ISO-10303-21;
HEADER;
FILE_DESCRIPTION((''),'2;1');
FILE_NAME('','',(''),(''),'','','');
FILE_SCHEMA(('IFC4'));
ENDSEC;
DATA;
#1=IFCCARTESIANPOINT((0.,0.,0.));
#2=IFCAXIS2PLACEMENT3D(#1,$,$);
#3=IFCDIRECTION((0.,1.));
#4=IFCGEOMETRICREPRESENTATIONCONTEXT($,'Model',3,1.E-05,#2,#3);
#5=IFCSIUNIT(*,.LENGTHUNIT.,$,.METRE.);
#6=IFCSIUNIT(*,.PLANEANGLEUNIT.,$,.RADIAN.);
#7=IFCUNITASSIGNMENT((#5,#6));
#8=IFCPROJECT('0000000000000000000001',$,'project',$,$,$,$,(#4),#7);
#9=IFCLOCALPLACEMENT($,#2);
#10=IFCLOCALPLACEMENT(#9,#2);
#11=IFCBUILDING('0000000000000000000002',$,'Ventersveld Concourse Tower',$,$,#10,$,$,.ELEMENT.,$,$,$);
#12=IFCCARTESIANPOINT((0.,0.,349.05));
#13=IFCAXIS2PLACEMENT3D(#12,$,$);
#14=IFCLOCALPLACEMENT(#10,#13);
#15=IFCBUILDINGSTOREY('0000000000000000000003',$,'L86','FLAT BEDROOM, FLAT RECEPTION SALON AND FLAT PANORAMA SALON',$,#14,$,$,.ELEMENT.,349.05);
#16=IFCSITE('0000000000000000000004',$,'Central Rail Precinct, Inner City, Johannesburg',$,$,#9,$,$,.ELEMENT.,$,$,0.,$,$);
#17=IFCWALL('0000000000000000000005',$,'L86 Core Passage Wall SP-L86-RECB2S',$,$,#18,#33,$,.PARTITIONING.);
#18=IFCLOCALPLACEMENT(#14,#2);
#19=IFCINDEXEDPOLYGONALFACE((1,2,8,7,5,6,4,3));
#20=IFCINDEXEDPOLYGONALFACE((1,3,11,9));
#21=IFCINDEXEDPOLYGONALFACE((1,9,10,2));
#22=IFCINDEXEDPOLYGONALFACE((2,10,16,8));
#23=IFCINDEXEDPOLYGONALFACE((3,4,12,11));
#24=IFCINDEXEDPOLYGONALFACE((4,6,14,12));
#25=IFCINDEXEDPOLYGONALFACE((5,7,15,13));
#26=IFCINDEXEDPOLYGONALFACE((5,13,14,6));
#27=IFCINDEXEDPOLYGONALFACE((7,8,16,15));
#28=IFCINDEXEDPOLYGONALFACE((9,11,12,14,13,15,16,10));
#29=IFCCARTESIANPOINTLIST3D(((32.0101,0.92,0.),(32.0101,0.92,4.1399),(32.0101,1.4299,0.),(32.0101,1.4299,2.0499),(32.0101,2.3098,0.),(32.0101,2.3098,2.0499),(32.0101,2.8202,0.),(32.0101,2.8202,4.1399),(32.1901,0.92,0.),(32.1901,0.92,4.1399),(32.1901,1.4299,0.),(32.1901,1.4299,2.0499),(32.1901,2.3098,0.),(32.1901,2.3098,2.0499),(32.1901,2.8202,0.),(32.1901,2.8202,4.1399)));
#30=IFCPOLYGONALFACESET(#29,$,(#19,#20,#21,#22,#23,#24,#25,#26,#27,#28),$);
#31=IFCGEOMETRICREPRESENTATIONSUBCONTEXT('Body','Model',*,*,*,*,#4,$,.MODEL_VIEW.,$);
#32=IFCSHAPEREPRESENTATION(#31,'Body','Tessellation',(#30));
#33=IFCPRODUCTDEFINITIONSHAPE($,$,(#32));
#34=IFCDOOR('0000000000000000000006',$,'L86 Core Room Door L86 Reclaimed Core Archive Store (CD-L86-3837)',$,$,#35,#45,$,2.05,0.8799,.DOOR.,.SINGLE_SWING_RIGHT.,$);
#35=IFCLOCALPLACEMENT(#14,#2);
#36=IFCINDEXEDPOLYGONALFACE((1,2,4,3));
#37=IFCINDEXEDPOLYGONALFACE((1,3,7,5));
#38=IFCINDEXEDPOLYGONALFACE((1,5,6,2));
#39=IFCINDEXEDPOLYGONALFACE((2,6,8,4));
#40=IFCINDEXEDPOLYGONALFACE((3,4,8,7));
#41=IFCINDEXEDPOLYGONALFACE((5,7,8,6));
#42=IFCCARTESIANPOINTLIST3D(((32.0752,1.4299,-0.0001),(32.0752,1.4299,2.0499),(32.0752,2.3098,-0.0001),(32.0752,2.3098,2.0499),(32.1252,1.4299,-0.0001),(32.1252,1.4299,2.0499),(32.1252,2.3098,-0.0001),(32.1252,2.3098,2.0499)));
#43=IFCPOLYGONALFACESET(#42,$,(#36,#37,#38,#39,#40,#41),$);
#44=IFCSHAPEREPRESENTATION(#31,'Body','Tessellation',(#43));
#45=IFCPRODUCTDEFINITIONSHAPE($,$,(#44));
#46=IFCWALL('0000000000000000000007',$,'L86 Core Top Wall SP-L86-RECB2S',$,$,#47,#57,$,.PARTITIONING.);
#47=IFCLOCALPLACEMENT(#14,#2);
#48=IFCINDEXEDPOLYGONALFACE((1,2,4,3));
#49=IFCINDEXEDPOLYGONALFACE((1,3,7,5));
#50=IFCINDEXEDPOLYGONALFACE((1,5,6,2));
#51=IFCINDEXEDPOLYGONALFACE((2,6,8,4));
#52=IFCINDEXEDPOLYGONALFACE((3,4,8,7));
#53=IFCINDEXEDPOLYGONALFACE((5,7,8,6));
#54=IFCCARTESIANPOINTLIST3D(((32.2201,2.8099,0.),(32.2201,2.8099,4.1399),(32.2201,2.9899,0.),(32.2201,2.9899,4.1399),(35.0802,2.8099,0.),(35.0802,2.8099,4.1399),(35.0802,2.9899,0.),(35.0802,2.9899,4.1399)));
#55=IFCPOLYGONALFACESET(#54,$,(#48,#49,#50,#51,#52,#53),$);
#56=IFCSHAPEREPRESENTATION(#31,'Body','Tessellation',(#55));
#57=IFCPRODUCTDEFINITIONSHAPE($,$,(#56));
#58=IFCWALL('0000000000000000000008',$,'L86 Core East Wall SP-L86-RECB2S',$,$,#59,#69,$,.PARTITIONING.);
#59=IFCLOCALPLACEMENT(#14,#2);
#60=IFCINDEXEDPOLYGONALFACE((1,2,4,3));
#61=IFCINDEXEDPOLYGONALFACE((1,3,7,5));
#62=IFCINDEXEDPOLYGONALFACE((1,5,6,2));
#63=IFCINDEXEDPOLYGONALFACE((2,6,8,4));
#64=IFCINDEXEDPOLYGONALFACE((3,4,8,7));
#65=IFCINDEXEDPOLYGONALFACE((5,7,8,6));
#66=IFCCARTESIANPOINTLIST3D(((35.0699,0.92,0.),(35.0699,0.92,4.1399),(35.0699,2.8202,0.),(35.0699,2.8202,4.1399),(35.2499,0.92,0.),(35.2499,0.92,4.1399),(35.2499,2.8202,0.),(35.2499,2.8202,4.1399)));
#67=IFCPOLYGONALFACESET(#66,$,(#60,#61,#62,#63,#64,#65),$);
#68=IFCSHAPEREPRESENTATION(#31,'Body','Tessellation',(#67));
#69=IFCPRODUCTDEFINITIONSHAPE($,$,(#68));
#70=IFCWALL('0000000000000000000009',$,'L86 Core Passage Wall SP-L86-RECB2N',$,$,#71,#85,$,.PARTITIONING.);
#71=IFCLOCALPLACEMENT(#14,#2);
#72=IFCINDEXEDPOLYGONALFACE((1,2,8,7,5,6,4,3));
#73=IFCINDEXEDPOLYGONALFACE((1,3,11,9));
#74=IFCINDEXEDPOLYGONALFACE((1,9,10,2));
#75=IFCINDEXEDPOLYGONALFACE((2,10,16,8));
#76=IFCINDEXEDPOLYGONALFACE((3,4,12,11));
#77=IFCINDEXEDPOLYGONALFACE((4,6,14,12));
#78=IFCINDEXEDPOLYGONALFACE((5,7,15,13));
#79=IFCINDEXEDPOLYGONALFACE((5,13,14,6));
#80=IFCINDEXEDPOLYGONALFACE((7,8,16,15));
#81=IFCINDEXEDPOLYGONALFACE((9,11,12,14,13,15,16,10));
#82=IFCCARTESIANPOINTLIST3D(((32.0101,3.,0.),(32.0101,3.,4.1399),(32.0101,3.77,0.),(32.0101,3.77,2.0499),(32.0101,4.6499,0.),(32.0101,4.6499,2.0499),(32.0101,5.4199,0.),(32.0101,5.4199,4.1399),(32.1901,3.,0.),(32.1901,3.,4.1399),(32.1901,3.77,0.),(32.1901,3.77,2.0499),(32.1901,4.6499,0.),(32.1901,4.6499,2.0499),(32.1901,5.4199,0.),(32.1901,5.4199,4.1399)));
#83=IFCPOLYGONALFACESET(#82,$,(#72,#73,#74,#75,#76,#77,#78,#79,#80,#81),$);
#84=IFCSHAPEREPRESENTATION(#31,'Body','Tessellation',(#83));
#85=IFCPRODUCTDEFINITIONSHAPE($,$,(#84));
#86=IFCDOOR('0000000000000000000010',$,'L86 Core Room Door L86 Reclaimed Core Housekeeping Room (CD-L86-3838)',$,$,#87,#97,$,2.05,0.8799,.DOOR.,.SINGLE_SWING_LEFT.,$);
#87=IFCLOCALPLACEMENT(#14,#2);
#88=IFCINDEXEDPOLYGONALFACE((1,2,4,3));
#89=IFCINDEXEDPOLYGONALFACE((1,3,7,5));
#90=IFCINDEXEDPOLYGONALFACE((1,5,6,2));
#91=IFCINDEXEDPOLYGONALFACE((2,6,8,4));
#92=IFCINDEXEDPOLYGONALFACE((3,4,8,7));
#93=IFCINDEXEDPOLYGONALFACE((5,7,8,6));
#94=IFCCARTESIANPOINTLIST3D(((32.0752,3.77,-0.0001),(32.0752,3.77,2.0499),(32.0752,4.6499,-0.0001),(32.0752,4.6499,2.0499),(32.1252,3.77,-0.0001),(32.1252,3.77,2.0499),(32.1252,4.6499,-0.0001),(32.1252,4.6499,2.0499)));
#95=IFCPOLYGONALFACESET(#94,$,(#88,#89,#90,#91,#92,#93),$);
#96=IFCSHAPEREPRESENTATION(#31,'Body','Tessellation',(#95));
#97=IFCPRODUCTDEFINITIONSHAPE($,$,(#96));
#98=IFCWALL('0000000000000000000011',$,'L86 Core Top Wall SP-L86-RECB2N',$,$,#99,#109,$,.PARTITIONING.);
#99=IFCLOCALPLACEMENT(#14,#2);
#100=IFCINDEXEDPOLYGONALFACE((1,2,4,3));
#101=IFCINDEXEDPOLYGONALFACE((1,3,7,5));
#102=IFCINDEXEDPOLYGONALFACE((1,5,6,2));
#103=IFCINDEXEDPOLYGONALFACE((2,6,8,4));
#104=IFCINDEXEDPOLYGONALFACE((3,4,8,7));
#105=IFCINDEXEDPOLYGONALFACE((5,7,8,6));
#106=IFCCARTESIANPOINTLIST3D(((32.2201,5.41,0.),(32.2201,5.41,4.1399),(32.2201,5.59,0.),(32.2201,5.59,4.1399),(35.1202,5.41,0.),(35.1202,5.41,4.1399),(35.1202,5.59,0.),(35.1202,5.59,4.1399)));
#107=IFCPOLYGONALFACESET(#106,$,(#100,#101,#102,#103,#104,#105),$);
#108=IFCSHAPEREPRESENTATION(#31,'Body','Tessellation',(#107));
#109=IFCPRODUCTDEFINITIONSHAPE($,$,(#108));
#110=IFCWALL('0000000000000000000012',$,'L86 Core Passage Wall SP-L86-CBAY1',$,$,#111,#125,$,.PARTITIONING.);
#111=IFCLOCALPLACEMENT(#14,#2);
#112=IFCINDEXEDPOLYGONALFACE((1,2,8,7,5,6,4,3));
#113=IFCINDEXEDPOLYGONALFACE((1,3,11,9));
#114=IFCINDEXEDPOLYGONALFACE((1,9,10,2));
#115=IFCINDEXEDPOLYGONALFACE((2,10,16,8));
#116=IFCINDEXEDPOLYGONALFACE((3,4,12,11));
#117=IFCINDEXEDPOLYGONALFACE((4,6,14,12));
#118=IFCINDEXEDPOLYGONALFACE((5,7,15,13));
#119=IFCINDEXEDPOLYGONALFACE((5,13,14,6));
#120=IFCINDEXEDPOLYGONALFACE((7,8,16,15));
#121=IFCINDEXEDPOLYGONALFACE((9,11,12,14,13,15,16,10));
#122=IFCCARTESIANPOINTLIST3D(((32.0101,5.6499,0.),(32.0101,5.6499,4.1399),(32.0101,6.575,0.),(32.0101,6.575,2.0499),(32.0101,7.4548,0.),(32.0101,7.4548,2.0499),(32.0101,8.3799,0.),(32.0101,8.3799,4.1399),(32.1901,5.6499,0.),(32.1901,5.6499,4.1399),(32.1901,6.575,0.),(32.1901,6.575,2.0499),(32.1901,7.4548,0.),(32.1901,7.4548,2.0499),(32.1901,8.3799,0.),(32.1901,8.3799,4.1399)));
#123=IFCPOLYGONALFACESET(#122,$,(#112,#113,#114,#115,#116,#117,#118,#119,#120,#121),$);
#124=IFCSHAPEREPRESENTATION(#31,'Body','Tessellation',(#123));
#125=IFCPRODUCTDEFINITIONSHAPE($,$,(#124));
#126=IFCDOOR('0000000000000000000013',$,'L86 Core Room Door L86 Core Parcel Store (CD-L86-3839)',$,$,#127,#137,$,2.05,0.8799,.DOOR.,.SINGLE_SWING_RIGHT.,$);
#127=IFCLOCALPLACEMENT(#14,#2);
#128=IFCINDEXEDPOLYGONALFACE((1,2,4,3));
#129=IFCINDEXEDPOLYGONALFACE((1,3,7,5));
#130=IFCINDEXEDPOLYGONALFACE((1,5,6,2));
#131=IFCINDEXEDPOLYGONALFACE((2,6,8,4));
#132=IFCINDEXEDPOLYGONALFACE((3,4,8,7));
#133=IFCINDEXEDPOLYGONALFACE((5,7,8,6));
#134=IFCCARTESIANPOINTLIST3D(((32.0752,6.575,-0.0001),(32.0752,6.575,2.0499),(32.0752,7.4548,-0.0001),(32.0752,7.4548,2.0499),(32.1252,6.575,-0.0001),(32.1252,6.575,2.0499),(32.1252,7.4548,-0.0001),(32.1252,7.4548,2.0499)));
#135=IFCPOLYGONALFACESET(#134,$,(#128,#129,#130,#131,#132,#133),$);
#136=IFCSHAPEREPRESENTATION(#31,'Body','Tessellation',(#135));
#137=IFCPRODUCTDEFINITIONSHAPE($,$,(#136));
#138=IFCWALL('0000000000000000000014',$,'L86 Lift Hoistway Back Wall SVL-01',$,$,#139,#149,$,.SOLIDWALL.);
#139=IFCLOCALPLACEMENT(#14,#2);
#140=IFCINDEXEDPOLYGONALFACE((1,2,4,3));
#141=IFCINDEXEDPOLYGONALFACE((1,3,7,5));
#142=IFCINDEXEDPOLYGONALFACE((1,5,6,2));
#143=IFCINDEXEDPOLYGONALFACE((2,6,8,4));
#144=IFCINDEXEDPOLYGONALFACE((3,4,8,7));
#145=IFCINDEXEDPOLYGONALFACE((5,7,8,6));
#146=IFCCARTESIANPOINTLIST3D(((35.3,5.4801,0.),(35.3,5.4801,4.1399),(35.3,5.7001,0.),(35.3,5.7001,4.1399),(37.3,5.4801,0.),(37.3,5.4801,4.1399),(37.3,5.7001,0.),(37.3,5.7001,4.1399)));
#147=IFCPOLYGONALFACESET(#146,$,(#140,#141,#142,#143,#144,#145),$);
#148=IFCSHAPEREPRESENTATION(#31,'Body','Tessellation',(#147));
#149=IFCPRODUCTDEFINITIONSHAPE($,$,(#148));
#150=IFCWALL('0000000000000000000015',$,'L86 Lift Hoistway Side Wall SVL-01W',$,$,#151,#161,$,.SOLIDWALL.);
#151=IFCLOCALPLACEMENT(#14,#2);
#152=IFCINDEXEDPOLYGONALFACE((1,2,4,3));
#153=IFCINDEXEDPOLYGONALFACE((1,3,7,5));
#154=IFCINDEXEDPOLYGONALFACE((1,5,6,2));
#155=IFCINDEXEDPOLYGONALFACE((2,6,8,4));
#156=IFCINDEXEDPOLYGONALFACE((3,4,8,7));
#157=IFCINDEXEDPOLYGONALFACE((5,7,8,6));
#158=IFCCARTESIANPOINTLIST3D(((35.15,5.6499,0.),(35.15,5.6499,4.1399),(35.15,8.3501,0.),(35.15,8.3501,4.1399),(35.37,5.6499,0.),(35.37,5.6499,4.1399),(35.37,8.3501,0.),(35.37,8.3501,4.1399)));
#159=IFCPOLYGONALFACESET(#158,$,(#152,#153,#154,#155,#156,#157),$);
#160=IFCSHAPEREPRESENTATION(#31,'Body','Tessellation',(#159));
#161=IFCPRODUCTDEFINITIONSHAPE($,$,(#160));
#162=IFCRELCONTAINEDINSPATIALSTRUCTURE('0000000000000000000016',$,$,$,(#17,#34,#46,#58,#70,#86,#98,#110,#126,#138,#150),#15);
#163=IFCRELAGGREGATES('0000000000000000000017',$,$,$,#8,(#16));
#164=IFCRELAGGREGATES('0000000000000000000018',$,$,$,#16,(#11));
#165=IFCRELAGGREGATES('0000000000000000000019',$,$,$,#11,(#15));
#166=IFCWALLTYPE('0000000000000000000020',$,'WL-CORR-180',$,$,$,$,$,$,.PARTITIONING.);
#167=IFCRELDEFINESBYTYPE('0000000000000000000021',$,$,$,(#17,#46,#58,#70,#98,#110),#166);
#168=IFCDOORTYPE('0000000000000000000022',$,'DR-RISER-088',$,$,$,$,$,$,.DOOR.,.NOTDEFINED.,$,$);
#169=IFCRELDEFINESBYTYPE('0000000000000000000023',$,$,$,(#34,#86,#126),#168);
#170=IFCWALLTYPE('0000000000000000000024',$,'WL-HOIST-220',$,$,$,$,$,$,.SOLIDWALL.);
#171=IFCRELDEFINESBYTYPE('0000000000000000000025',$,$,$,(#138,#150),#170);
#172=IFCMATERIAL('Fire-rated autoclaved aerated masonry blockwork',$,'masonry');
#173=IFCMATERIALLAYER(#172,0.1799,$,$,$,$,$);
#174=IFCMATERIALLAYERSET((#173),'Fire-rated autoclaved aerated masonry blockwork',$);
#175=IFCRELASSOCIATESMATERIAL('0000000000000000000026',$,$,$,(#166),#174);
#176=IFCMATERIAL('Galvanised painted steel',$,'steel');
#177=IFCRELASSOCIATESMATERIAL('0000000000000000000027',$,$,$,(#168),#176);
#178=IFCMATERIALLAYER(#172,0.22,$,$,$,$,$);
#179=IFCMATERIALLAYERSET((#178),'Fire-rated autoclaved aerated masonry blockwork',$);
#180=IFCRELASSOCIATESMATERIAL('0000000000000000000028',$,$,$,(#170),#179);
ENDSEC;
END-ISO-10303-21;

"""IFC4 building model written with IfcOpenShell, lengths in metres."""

from ifc_helpers import new_model, si_unit, direction, frame, frame_2d, origin, place, context, subcontext, project, spatial, rectangle, extrude, material, layer, layer_set, type_object, element, fill, save


model = new_model("IFC4")

# Units and contexts
model_context = context("Model", 3, precision=1e-05, world=origin(), true_north=direction((0.0, 1.0)))
body_context = subcontext(model_context, "Body", "Model", "MODEL_VIEW")
ifc_project = project(units=[si_unit("LENGTHUNIT", "METRE"), si_unit("PLANEANGLEUNIT", "RADIAN")], contexts=[model_context])

# Site, building, storey
site_placement = place(None, origin())
site = spatial("IfcSite", under=ifc_project, at=site_placement, Name="Central Rail Precinct, Inner City, Johannesburg", CompositionType="ELEMENT", RefElevation=0.0)
building_placement = place(site_placement, origin())
building = spatial("IfcBuilding", under=site, at=building_placement, Name="Ventersveld Concourse Tower", CompositionType="ELEMENT")
storey_placement = place(building_placement, frame((0.0, 0.0, 349.05)))
storey = spatial("IfcBuildingStorey", under=building, at=storey_placement, Name="L86", Description="FLAT BEDROOM, FLAT RECEPTION SALON AND FLAT PANORAMA SALON", CompositionType="ELEMENT", Elevation=349.05)

# Wall, opening, door
ifc_material_1 = material(Name="Fire-rated autoclaved aerated masonry blockwork", Category="masonry")
ifc_layer_1 = layer(ifc_material_1, 0.1799)
ifc_layer_set_1 = layer_set([ifc_layer_1], Name="Fire-rated autoclaved aerated masonry blockwork")
wall_type_1 = type_object("IfcWallType", Name="WL-CORR-180", PredefinedType="PARTITIONING", material=ifc_layer_set_1)
wall_1_placement = place(storey_placement, frame((32.1001, 0.9199, 0.0), z_axis=(0.0, 0.0, 1.0), x_axis=(0.0, 1.0, 0.0)))
wall_1 = element("IfcWall", 1, at=wall_1_placement, inside=storey, type_object=wall_type_1, Name="L86 Core Passage Wall SP-L86-RECB2S", PredefinedType="PARTITIONING", context=body_context, shape_type="SweptSolid", body=[
    extrude(rectangle(XDim=1.9001, YDim=0.1799, at=frame_2d((0.9502, 0.0))), origin(), (0.0, 0.0, 1.0), 4.1399),
])
opening_1_placement = place(wall_1_placement, frame((0.51, 0.0, 0.0)))
opening_1 = element("IfcOpeningElement", 2, at=opening_1_placement, cuts=wall_1, PredefinedType="OPENING", context=body_context, shape_type="SweptSolid", body=[
    extrude(rectangle(XDim=0.8799, YDim=2.05, at=frame_2d((0.4399, 1.0249))), frame((0.0, 0.1001, 0.0), z_axis=(0.0, -1.0, 0.0), x_axis=(1.0, 0.0, 0.0)), (0.0, 0.0, 1.0), 0.2),
])
ifc_material_2 = material(Name="Galvanised painted steel", Category="steel")
door_type_1 = type_object("IfcDoorType", Name="DR-RISER-088", OperationType="NOTDEFINED", PredefinedType="DOOR", material=ifc_material_2)
door_1_placement = place(opening_1_placement, origin())
door_1 = element("IfcDoor", 3, at=door_1_placement, inside=storey, type_object=door_type_1, Name="L86 Core Room Door L86 Reclaimed Core Archive Store (CD-L86-3837)", OperationType="SINGLE_SWING_RIGHT", OverallHeight=2.05, OverallWidth=0.8799, PredefinedType="DOOR", context=body_context, shape_type="SweptSolid", body=[
    extrude(rectangle(XDim=0.8799, YDim=2.05, at=frame_2d((0.4399, 1.0249))), frame((0.0, 0.0249, 0.0), z_axis=(0.0, -1.0, 0.0), x_axis=(1.0, 0.0, 0.0)), (0.0, 0.0, 1.0), 0.05),
])
fill(opening_1, door_1)

# Walls
wall_2_placement = place(storey_placement, frame((32.22, 2.8999, 0.0), z_axis=(0.0, 0.0, 1.0), x_axis=(1.0, 0.0, 0.0)))
element("IfcWall", 4, at=wall_2_placement, inside=storey, type_object=wall_type_1, Name="L86 Core Top Wall SP-L86-RECB2S", PredefinedType="PARTITIONING", context=body_context, shape_type="SweptSolid", body=[
    extrude(rectangle(XDim=2.8601, YDim=0.1799, at=frame_2d((1.4302, 0.0))), origin(), (0.0, 0.0, 1.0), 4.1399),
])
wall_3_placement = place(storey_placement, frame((35.1599, 0.9199, 0.0), z_axis=(0.0, 0.0, 1.0), x_axis=(0.0, 1.0, 0.0)))
element("IfcWall", 5, at=wall_3_placement, inside=storey, type_object=wall_type_1, Name="L86 Core East Wall SP-L86-RECB2S", PredefinedType="PARTITIONING", context=body_context, shape_type="SweptSolid", body=[
    extrude(rectangle(XDim=1.9001, YDim=0.1799, at=frame_2d((0.9502, 0.0))), origin(), (0.0, 0.0, 1.0), 4.1399),
])

# Wall, opening, door
wall_4_placement = place(storey_placement, frame((32.1001, 3.0, 0.0), z_axis=(0.0, 0.0, 1.0), x_axis=(0.0, 1.0, 0.0)))
wall_4 = element("IfcWall", 6, at=wall_4_placement, inside=storey, type_object=wall_type_1, Name="L86 Core Passage Wall SP-L86-RECB2N", PredefinedType="PARTITIONING", context=body_context, shape_type="SweptSolid", body=[
    extrude(rectangle(XDim=2.4199, YDim=0.1799, at=frame_2d((1.21, 0.0))), origin(), (0.0, 0.0, 1.0), 4.1399),
])
opening_2_placement = place(wall_4_placement, frame((0.77, 0.0, 0.0)))
opening_2 = element("IfcOpeningElement", 7, at=opening_2_placement, cuts=wall_4, PredefinedType="OPENING", context=body_context, shape_type="SweptSolid", body=[
    extrude(rectangle(XDim=0.8799, YDim=2.05, at=frame_2d((0.4399, 1.0249))), frame((0.0, 0.1001, 0.0), z_axis=(0.0, -1.0, 0.0), x_axis=(1.0, 0.0, 0.0)), (0.0, 0.0, 1.0), 0.2),
])
door_2_placement = place(opening_2_placement, origin())
door_2 = element("IfcDoor", 8, at=door_2_placement, inside=storey, type_object=door_type_1, Name="L86 Core Room Door L86 Reclaimed Core Housekeeping Room (CD-L86-3838)", OperationType="SINGLE_SWING_LEFT", OverallHeight=2.05, OverallWidth=0.8799, PredefinedType="DOOR", context=body_context, shape_type="SweptSolid", body=[
    extrude(rectangle(XDim=0.8799, YDim=2.05, at=frame_2d((0.4399, 1.0249))), frame((0.0, 0.0249, 0.0), z_axis=(0.0, -1.0, 0.0), x_axis=(1.0, 0.0, 0.0)), (0.0, 0.0, 1.0), 0.05),
])
fill(opening_2, door_2)

# Wall
wall_5_placement = place(storey_placement, frame((32.22, 5.5, 0.0), z_axis=(0.0, 0.0, 1.0), x_axis=(1.0, 0.0, 0.0)))
element("IfcWall", 9, at=wall_5_placement, inside=storey, type_object=wall_type_1, Name="L86 Core Top Wall SP-L86-RECB2N", PredefinedType="PARTITIONING", context=body_context, shape_type="SweptSolid", body=[
    extrude(rectangle(XDim=2.9001, YDim=0.1799, at=frame_2d((1.4502, 0.0))), origin(), (0.0, 0.0, 1.0), 4.1399),
])

# Wall, opening, door
wall_6_placement = place(storey_placement, frame((32.1001, 5.6499, 0.0), z_axis=(0.0, 0.0, 1.0), x_axis=(0.0, 1.0, 0.0)))
wall_6 = element("IfcWall", 10, at=wall_6_placement, inside=storey, type_object=wall_type_1, Name="L86 Core Passage Wall SP-L86-CBAY1", PredefinedType="PARTITIONING", context=body_context, shape_type="SweptSolid", body=[
    extrude(rectangle(XDim=2.73, YDim=0.1799, at=frame_2d((1.365, 0.0))), origin(), (0.0, 0.0, 1.0), 4.1399),
])
opening_3_placement = place(wall_6_placement, frame((0.925, 0.0, 0.0)))
opening_3 = element("IfcOpeningElement", 11, at=opening_3_placement, cuts=wall_6, PredefinedType="OPENING", context=body_context, shape_type="SweptSolid", body=[
    extrude(rectangle(XDim=0.8799, YDim=2.05, at=frame_2d((0.4399, 1.0249))), frame((0.0, 0.1001, 0.0), z_axis=(0.0, -1.0, 0.0), x_axis=(1.0, 0.0, 0.0)), (0.0, 0.0, 1.0), 0.2),
])
door_3_placement = place(opening_3_placement, origin())
door_3 = element("IfcDoor", 12, at=door_3_placement, inside=storey, type_object=door_type_1, Name="L86 Core Room Door L86 Core Parcel Store (CD-L86-3839)", OperationType="SINGLE_SWING_RIGHT", OverallHeight=2.05, OverallWidth=0.8799, PredefinedType="DOOR", context=body_context, shape_type="SweptSolid", body=[
    extrude(rectangle(XDim=0.8799, YDim=2.05, at=frame_2d((0.4399, 1.0249))), frame((0.0, 0.0249, 0.0), z_axis=(0.0, -1.0, 0.0), x_axis=(1.0, 0.0, 0.0)), (0.0, 0.0, 1.0), 0.05),
])
fill(opening_3, door_3)

# Walls
ifc_layer_2 = layer(ifc_material_1, 0.22)
ifc_layer_set_2 = layer_set([ifc_layer_2], Name="Fire-rated autoclaved aerated masonry blockwork")
wall_type_2 = type_object("IfcWallType", Name="WL-HOIST-220", PredefinedType="SOLIDWALL", material=ifc_layer_set_2)
wall_7_placement = place(storey_placement, frame((35.3, 5.5901, 0.0), z_axis=(0.0, 0.0, 1.0), x_axis=(1.0, 0.0, 0.0)))
element("IfcWall", 13, at=wall_7_placement, inside=storey, type_object=wall_type_2, Name="L86 Lift Hoistway Back Wall SVL-01", PredefinedType="SOLIDWALL", context=body_context, shape_type="SweptSolid", body=[
    extrude(rectangle(XDim=2.0, YDim=0.22, at=frame_2d((1.0, 0.0))), origin(), (0.0, 0.0, 1.0), 4.1399),
])
wall_8_placement = place(storey_placement, frame((35.26, 5.6499, 0.0), z_axis=(0.0, 0.0, 1.0), x_axis=(0.0, 1.0, 0.0)))
element("IfcWall", 14, at=wall_8_placement, inside=storey, type_object=wall_type_2, Name="L86 Lift Hoistway Side Wall SVL-01W", PredefinedType="SOLIDWALL", context=body_context, shape_type="SweptSolid", body=[
    extrude(rectangle(XDim=2.7002, YDim=0.22, at=frame_2d((1.3501, 0.0))), origin(), (0.0, 0.0, 1.0), 4.1399),
])

save(model, "model.ifc")
